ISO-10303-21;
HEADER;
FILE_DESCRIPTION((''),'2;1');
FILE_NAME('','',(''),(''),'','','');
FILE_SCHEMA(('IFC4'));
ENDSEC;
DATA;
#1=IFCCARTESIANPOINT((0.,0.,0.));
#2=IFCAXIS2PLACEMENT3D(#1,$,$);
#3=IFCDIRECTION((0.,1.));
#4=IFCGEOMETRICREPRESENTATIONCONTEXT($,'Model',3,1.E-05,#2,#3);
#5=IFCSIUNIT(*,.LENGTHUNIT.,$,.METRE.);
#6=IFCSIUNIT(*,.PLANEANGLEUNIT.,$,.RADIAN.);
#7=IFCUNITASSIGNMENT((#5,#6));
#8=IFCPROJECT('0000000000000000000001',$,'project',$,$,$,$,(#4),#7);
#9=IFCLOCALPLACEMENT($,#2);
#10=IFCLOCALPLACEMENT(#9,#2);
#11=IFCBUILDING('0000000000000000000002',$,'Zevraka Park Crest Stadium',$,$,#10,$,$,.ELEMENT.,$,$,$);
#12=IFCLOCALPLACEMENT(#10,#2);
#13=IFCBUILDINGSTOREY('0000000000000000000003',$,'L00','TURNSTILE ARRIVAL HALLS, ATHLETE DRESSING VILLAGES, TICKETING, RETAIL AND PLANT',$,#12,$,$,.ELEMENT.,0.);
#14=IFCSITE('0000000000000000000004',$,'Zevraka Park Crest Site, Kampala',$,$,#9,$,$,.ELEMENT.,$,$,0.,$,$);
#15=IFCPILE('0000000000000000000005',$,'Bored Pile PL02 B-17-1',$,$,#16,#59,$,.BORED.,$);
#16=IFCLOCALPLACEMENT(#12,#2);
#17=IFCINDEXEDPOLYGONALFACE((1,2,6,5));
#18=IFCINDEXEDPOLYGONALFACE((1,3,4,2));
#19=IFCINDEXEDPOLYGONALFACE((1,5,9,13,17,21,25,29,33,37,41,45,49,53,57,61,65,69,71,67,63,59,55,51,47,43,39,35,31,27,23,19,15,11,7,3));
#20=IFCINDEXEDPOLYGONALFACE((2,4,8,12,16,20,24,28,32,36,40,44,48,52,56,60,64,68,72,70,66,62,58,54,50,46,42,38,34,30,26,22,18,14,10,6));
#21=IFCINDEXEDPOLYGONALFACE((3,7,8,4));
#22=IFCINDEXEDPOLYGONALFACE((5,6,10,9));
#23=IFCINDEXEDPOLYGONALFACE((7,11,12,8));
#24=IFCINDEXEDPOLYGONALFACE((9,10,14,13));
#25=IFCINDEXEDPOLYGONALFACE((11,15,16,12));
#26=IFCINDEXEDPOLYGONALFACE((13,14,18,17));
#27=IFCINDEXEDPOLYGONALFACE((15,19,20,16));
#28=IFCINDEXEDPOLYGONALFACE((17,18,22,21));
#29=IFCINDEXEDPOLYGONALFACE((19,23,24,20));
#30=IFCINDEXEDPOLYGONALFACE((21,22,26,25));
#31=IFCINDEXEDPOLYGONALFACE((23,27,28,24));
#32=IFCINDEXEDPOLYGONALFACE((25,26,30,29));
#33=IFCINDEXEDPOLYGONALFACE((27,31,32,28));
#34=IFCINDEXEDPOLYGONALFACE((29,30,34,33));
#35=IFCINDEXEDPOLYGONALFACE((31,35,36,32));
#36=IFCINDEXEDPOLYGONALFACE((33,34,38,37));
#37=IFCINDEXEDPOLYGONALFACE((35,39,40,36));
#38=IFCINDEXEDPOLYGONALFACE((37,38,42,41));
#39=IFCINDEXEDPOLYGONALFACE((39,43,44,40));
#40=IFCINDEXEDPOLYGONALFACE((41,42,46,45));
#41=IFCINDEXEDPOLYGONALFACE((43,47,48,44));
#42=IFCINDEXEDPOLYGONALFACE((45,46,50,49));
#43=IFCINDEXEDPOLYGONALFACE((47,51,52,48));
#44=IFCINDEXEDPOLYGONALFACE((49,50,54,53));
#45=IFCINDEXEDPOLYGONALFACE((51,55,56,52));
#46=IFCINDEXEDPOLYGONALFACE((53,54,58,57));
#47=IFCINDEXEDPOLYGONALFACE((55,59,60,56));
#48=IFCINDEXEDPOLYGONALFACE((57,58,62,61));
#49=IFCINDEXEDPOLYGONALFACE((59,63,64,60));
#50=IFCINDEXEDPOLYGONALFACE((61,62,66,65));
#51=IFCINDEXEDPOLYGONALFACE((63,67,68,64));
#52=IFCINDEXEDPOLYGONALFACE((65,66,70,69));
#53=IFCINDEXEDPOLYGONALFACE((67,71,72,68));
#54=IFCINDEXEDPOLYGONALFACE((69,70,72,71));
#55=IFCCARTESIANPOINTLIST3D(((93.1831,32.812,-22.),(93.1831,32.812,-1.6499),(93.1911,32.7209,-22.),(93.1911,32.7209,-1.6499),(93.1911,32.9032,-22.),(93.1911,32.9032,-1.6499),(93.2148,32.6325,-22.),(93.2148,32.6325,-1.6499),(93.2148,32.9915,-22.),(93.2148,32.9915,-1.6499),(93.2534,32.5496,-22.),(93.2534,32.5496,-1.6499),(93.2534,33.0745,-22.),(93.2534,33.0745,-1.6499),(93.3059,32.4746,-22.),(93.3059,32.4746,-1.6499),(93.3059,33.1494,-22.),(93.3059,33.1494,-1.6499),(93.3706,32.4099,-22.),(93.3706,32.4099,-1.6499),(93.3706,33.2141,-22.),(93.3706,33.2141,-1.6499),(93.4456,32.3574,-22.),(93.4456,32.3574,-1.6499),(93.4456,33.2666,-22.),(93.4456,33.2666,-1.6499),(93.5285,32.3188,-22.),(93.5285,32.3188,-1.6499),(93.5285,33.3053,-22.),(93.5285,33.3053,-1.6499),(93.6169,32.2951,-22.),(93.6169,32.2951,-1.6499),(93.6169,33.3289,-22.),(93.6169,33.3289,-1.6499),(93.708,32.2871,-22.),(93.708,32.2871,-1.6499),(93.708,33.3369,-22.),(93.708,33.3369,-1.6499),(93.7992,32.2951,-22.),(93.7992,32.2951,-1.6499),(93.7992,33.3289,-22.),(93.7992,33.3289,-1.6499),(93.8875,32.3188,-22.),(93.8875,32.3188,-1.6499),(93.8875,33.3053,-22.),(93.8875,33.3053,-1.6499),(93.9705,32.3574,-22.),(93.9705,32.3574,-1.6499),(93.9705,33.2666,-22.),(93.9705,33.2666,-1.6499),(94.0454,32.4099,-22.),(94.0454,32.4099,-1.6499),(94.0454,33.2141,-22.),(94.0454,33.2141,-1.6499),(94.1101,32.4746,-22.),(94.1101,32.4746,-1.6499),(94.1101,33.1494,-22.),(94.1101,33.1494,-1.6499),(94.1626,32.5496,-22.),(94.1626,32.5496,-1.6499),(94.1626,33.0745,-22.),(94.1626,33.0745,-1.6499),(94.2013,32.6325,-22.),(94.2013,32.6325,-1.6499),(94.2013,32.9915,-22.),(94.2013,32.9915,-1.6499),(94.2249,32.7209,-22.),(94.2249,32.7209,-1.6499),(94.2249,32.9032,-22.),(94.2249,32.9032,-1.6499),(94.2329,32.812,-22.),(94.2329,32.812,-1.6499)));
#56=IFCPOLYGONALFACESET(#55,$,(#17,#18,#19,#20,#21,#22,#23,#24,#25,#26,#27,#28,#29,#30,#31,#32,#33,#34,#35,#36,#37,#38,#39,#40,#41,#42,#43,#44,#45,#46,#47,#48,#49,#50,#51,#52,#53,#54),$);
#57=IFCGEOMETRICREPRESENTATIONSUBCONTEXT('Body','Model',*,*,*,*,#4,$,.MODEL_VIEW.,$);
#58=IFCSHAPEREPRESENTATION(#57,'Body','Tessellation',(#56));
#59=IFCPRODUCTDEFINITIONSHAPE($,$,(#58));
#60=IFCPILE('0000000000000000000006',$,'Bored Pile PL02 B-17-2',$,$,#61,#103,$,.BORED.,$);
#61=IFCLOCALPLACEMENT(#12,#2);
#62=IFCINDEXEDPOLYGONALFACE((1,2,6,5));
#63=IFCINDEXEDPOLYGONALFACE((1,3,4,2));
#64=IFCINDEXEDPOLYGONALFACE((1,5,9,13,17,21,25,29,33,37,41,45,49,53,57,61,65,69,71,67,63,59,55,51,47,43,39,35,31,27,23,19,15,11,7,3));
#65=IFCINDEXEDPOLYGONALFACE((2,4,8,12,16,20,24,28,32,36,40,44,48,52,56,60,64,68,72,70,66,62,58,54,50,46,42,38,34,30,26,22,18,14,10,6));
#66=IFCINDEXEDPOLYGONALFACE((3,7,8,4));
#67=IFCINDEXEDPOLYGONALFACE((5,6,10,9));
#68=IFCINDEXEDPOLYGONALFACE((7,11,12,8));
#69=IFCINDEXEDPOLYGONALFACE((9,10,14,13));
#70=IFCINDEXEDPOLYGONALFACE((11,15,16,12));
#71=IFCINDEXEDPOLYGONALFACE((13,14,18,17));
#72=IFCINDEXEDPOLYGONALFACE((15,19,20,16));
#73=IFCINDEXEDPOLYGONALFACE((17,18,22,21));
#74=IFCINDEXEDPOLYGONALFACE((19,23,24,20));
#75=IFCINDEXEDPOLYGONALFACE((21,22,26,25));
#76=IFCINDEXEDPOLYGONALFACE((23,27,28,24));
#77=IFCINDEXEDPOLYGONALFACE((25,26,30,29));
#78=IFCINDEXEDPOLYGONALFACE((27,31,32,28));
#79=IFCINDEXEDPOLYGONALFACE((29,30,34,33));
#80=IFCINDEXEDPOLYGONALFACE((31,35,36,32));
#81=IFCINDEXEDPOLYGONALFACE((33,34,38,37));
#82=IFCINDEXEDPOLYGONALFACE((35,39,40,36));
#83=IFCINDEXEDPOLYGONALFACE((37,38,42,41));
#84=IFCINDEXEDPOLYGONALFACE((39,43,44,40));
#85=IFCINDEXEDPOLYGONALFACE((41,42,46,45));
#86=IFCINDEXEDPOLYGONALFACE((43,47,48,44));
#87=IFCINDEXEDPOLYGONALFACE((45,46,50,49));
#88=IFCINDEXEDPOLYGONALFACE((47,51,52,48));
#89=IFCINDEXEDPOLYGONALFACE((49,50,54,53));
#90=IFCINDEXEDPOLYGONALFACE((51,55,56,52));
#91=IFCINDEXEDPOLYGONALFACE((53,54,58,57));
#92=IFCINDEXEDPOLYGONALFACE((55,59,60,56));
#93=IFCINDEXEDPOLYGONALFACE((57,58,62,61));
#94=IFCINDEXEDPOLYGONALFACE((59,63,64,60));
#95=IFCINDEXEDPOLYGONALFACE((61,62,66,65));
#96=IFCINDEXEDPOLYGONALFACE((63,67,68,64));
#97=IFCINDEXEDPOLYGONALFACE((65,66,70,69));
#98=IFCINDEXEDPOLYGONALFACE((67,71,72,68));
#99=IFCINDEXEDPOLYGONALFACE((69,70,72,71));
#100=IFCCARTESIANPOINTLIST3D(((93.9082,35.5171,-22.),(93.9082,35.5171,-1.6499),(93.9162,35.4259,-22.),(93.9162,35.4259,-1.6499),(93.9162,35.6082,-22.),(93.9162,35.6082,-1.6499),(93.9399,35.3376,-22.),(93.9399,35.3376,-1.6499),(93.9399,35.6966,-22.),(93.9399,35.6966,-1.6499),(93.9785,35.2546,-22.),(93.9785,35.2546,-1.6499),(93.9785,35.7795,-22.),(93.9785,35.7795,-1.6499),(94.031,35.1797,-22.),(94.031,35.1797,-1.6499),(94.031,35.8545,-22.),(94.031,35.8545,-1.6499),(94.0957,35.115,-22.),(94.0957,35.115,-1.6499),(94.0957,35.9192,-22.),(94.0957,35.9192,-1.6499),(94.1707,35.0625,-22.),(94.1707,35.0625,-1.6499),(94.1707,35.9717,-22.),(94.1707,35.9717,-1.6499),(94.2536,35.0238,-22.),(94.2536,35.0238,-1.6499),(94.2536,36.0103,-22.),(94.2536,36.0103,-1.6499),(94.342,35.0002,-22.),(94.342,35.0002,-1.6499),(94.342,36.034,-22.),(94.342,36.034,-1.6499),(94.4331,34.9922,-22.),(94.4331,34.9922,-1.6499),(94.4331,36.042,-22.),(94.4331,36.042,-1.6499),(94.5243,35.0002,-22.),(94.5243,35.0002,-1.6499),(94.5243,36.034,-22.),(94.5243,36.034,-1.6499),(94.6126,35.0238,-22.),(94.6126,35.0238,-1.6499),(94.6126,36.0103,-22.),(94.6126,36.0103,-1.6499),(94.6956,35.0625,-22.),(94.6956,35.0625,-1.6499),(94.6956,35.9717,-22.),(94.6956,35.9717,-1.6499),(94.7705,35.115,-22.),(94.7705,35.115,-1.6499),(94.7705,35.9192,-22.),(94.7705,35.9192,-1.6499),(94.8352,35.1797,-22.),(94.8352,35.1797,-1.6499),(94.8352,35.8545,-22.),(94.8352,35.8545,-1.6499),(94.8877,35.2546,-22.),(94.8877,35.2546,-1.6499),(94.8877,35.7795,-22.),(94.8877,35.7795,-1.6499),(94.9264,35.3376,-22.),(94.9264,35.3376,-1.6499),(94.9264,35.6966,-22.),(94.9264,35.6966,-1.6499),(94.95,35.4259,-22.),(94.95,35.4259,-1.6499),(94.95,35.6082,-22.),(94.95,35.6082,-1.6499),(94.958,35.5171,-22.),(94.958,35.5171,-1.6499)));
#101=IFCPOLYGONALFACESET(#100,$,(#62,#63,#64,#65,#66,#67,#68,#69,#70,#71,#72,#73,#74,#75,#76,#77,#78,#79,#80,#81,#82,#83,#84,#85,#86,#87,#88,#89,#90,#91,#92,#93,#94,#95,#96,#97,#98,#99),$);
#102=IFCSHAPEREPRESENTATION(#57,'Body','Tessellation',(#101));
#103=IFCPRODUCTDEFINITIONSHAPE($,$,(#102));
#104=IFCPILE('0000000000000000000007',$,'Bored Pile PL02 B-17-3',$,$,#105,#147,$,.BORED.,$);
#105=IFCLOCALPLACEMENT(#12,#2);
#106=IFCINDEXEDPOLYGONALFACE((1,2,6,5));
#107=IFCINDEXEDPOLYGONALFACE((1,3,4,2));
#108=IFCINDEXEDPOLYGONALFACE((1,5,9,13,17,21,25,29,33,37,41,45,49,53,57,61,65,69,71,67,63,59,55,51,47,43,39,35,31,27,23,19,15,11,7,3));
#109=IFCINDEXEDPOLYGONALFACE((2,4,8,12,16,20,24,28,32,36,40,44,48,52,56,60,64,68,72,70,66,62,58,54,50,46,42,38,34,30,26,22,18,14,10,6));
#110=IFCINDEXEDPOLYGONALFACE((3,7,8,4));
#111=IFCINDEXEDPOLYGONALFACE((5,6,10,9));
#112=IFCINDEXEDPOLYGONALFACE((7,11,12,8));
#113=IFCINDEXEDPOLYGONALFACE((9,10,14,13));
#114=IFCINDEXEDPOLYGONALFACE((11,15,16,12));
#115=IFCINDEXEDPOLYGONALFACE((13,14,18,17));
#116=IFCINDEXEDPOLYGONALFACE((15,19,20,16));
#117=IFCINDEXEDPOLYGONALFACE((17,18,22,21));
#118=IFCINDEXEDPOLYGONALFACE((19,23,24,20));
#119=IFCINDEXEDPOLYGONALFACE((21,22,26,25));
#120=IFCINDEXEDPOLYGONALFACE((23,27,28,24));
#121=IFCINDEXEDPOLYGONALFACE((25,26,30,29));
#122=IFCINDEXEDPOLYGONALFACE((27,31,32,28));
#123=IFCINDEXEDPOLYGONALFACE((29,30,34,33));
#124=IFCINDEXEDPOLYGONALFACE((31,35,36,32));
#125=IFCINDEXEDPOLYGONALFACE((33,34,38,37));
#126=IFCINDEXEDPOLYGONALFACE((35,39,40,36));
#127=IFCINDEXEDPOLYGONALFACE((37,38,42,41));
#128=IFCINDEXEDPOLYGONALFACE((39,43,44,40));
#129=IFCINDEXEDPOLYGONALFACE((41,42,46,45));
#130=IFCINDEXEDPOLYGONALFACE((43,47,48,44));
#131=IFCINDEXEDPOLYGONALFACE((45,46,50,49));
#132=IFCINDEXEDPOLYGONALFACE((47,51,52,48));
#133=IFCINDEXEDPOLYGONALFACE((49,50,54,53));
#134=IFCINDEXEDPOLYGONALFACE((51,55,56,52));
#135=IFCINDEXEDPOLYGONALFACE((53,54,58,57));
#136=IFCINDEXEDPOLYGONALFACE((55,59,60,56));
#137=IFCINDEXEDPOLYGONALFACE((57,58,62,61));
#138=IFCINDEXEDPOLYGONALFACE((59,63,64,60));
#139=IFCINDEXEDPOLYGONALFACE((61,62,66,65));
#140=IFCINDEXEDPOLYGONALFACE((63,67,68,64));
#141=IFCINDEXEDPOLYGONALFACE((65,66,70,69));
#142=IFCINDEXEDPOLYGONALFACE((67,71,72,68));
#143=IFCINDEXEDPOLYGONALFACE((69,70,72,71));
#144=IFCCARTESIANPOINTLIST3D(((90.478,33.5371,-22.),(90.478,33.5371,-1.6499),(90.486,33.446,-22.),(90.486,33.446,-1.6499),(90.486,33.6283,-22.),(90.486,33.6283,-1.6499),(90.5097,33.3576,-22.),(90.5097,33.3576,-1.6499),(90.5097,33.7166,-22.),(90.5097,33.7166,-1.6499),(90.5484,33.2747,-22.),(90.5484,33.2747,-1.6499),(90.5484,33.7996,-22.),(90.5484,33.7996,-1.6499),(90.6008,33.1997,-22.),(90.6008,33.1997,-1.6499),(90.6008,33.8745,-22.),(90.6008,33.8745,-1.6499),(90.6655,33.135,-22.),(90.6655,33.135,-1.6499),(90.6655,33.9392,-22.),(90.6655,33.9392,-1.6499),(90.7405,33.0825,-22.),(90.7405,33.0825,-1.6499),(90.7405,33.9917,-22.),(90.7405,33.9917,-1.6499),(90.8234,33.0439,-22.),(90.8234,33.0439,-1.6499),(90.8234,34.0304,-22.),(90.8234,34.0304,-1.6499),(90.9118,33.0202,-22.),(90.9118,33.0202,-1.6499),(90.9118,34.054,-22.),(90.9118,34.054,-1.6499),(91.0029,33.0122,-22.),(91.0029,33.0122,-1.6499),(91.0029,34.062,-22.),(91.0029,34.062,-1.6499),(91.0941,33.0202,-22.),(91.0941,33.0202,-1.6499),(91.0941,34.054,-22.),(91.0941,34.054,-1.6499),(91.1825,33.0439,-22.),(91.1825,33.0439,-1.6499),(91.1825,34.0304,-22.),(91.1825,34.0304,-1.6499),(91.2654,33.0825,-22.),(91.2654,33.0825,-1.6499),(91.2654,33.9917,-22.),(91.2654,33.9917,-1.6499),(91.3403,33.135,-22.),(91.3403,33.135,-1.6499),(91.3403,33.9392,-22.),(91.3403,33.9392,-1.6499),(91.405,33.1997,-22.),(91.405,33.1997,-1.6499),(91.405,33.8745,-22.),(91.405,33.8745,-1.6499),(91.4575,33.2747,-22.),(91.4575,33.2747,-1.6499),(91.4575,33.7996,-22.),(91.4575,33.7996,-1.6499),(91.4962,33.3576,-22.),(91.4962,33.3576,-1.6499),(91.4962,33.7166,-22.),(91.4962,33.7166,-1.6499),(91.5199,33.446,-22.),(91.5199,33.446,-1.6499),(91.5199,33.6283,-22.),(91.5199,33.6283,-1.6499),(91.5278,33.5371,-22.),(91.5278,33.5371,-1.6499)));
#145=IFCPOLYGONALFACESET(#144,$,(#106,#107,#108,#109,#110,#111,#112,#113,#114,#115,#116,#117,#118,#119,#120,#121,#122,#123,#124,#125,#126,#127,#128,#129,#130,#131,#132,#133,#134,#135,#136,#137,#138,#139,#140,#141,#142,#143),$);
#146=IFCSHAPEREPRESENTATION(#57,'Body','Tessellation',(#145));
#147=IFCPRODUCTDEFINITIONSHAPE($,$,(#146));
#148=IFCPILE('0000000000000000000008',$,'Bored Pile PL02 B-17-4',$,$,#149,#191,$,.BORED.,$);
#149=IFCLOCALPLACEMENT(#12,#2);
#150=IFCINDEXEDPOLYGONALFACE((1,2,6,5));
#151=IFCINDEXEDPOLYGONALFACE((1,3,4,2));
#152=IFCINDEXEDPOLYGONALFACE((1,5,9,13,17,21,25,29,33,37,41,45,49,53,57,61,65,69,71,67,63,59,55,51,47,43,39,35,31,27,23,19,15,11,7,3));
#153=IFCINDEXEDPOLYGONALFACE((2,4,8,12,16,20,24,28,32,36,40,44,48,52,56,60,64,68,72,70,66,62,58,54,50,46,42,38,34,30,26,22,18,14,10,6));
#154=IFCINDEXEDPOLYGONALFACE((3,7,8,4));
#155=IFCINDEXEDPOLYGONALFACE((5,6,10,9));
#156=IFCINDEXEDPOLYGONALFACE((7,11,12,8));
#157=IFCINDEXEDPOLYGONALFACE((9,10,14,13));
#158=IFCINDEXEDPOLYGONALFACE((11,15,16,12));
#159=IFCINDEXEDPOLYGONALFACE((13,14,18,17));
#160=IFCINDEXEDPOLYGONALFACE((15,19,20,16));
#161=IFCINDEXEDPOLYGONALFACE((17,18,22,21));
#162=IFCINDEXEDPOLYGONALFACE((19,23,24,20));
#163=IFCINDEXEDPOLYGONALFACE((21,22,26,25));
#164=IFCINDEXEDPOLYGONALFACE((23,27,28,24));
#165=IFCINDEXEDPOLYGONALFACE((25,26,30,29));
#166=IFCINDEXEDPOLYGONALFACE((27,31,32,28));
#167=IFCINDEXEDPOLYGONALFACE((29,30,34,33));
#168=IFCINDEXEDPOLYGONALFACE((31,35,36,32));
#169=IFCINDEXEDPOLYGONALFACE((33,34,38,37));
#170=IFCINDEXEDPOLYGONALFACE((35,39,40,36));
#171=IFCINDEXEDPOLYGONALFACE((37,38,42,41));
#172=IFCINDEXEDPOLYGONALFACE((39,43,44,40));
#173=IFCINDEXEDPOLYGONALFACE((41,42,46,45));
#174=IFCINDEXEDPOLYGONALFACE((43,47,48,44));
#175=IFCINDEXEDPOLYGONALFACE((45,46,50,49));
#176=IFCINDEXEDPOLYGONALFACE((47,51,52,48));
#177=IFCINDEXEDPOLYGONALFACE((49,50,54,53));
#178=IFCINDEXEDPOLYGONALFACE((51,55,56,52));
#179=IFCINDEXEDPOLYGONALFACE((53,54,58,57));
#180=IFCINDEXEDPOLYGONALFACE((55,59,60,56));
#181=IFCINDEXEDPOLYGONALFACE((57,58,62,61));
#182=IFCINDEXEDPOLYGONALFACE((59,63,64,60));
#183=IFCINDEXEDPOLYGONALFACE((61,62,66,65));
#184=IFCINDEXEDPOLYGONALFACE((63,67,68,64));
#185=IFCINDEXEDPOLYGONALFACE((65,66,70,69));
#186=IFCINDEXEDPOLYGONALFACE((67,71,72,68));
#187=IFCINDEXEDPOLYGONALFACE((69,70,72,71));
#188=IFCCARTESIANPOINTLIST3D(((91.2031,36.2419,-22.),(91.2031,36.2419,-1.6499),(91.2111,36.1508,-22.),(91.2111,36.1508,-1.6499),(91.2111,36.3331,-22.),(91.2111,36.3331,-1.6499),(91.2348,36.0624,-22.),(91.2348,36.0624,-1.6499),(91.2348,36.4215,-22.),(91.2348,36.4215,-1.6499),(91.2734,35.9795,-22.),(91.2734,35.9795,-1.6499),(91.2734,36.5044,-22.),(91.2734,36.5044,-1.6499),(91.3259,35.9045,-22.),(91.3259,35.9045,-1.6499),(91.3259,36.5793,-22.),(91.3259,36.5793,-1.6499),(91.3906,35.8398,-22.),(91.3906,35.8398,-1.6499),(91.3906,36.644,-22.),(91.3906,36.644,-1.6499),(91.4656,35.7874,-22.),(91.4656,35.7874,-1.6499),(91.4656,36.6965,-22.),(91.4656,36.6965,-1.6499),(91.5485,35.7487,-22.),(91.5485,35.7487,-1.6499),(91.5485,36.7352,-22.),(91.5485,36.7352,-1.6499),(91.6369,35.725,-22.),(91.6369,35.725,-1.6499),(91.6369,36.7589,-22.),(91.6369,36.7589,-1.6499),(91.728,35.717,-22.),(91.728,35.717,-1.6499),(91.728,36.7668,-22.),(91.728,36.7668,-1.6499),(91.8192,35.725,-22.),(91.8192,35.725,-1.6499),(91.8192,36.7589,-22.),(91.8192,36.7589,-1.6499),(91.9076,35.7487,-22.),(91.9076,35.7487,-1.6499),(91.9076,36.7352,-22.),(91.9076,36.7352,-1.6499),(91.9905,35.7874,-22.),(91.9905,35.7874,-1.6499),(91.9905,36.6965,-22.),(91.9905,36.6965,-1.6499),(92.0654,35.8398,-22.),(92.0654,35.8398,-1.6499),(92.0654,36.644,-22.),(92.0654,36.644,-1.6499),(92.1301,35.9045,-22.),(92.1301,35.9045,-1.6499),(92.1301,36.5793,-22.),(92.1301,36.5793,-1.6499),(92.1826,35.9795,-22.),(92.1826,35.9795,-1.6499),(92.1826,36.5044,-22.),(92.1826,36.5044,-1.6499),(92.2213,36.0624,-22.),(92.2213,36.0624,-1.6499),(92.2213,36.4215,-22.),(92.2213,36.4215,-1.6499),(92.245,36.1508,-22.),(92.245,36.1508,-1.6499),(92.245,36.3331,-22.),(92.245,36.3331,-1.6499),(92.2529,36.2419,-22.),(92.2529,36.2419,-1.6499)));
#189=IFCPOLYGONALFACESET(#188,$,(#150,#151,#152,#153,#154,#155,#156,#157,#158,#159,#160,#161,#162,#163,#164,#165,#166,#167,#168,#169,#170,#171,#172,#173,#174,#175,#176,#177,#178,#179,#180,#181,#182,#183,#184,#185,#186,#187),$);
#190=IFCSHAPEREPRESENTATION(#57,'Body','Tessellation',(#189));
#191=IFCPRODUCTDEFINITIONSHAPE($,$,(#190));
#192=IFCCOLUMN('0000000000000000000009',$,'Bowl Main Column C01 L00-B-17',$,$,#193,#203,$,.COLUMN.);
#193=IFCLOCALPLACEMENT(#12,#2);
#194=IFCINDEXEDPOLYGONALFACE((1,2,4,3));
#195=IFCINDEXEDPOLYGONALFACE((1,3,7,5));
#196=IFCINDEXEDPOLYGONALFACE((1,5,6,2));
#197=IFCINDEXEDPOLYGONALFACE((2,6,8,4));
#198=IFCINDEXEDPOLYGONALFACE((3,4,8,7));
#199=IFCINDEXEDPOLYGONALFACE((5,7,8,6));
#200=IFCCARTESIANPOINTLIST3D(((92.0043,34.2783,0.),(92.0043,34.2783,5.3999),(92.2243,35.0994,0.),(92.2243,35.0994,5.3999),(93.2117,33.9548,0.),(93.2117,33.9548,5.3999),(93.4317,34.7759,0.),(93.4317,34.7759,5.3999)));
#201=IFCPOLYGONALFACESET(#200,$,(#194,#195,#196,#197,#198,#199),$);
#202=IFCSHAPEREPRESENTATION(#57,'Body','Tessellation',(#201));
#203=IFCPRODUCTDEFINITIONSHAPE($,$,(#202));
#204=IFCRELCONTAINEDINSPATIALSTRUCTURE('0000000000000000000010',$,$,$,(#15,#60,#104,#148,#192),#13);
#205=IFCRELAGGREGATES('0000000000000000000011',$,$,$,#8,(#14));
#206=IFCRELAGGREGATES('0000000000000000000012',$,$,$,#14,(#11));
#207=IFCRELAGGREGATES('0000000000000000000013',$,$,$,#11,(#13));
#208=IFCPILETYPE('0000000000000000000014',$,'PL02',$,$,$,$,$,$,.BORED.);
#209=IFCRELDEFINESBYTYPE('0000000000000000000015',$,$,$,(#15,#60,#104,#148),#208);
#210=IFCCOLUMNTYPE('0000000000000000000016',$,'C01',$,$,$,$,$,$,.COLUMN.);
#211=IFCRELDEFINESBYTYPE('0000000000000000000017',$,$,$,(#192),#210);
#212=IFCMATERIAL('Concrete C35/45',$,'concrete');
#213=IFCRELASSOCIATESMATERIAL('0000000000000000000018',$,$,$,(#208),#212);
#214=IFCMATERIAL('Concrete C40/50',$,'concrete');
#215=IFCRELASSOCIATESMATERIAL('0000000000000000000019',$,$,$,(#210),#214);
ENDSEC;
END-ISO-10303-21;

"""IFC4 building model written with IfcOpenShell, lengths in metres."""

from ifc_helpers import new_model, si_unit, direction, frame, origin, origin_2d, place, context, subcontext, project, spatial, rectangle, circle, extrude, material, material_profile, profile_set, type_object, element, save


model = new_model("IFC4")

# Units and contexts
model_context = context("Model", 3, precision=1e-05, world=origin(), true_north=direction((0.0, 1.0)))
body_context = subcontext(model_context, "Body", "Model", "MODEL_VIEW")
ifc_project = project(units=[si_unit("LENGTHUNIT", "METRE"), si_unit("PLANEANGLEUNIT", "RADIAN")], contexts=[model_context])

# Site, building, storey
site_placement = place(None, origin())
site = spatial("IfcSite", under=ifc_project, at=site_placement, Name="Zevraka Park Crest Site, Kampala", CompositionType="ELEMENT", RefElevation=0.0)
building_placement = place(site_placement, origin())
building = spatial("IfcBuilding", under=site, at=building_placement, Name="Zevraka Park Crest Stadium", CompositionType="ELEMENT")
storey_placement = place(building_placement, origin())
storey = spatial("IfcBuildingStorey", under=building, at=storey_placement, Name="L00", Description="TURNSTILE ARRIVAL HALLS, ATHLETE DRESSING VILLAGES, TICKETING, RETAIL AND PLANT", CompositionType="ELEMENT", Elevation=0.0)

# Piles
ifc_material_1 = material(Name="Concrete C35/45", Category="concrete")
ifc_material_profile_1 = material_profile(ifc_material_1, circle(Radius=0.5249, at=origin_2d()), Name="PILE D1050")
ifc_profile_set_1 = profile_set([ifc_material_profile_1], Name="Concrete C35/45")
pile_type_1 = type_object("IfcPileType", Name="PL02", PredefinedType="BORED", material=ifc_profile_set_1)
for number, where, z_axis, x_axis, name in (
    (1, (93.708, 32.812, -1.6499), (0.0, 0.0, -1.0), (1.0, 0.0, 0.0), "Bored Pile PL02 B-17-1"),
    (2, (94.4331, 35.5171, -1.6499), (0.0, 0.0, -1.0), (1.0, 0.0, 0.0), "Bored Pile PL02 B-17-2"),
    (3, (91.0029, 33.5371, -1.6499), (0.0, 0.0, -1.0), (1.0, 0.0, 0.0), "Bored Pile PL02 B-17-3"),
    (4, (91.728, 36.2419, -1.6499), (0.0, 0.0, -1.0), (1.0, 0.0, 0.0), "Bored Pile PL02 B-17-4"),
):
    element("IfcPile", number, at=place(storey_placement, frame(where, z_axis=z_axis, x_axis=x_axis)), inside=storey, type_object=pile_type_1, Name=name, PredefinedType="BORED", context=body_context, shape_type="SweptSolid", body=[
        extrude(circle(Radius=0.5249, at=origin_2d()), origin(), (0.0, 0.0, 1.0), 20.3501),
    ])

# Column
ifc_material_2 = material(Name="Concrete C40/50", Category="concrete")
ifc_material_profile_2 = material_profile(ifc_material_2, rectangle(XDim=0.8501, YDim=1.25, at=origin_2d()), Name="RC 1250x850")
ifc_profile_set_2 = profile_set([ifc_material_profile_2], Name="Concrete C40/50")
column_type_1 = type_object("IfcColumnType", Name="C01", PredefinedType="COLUMN", material=ifc_profile_set_2)
column_1_placement = place(storey_placement, frame((92.718, 34.5271, 0.0), z_axis=(0.0, 0.0, 1.0), x_axis=(0.258819, 0.965926, 0.0)))
element("IfcColumn", 5, at=column_1_placement, inside=storey, type_object=column_type_1, Name="Bowl Main Column C01 L00-B-17", PredefinedType="COLUMN", context=body_context, shape_type="SweptSolid", body=[
    extrude(rectangle(XDim=0.8501, YDim=1.25, at=origin_2d()), origin(), (0.0, 0.0, 1.0), 5.3999),
])

save(model, "model.ifc")
